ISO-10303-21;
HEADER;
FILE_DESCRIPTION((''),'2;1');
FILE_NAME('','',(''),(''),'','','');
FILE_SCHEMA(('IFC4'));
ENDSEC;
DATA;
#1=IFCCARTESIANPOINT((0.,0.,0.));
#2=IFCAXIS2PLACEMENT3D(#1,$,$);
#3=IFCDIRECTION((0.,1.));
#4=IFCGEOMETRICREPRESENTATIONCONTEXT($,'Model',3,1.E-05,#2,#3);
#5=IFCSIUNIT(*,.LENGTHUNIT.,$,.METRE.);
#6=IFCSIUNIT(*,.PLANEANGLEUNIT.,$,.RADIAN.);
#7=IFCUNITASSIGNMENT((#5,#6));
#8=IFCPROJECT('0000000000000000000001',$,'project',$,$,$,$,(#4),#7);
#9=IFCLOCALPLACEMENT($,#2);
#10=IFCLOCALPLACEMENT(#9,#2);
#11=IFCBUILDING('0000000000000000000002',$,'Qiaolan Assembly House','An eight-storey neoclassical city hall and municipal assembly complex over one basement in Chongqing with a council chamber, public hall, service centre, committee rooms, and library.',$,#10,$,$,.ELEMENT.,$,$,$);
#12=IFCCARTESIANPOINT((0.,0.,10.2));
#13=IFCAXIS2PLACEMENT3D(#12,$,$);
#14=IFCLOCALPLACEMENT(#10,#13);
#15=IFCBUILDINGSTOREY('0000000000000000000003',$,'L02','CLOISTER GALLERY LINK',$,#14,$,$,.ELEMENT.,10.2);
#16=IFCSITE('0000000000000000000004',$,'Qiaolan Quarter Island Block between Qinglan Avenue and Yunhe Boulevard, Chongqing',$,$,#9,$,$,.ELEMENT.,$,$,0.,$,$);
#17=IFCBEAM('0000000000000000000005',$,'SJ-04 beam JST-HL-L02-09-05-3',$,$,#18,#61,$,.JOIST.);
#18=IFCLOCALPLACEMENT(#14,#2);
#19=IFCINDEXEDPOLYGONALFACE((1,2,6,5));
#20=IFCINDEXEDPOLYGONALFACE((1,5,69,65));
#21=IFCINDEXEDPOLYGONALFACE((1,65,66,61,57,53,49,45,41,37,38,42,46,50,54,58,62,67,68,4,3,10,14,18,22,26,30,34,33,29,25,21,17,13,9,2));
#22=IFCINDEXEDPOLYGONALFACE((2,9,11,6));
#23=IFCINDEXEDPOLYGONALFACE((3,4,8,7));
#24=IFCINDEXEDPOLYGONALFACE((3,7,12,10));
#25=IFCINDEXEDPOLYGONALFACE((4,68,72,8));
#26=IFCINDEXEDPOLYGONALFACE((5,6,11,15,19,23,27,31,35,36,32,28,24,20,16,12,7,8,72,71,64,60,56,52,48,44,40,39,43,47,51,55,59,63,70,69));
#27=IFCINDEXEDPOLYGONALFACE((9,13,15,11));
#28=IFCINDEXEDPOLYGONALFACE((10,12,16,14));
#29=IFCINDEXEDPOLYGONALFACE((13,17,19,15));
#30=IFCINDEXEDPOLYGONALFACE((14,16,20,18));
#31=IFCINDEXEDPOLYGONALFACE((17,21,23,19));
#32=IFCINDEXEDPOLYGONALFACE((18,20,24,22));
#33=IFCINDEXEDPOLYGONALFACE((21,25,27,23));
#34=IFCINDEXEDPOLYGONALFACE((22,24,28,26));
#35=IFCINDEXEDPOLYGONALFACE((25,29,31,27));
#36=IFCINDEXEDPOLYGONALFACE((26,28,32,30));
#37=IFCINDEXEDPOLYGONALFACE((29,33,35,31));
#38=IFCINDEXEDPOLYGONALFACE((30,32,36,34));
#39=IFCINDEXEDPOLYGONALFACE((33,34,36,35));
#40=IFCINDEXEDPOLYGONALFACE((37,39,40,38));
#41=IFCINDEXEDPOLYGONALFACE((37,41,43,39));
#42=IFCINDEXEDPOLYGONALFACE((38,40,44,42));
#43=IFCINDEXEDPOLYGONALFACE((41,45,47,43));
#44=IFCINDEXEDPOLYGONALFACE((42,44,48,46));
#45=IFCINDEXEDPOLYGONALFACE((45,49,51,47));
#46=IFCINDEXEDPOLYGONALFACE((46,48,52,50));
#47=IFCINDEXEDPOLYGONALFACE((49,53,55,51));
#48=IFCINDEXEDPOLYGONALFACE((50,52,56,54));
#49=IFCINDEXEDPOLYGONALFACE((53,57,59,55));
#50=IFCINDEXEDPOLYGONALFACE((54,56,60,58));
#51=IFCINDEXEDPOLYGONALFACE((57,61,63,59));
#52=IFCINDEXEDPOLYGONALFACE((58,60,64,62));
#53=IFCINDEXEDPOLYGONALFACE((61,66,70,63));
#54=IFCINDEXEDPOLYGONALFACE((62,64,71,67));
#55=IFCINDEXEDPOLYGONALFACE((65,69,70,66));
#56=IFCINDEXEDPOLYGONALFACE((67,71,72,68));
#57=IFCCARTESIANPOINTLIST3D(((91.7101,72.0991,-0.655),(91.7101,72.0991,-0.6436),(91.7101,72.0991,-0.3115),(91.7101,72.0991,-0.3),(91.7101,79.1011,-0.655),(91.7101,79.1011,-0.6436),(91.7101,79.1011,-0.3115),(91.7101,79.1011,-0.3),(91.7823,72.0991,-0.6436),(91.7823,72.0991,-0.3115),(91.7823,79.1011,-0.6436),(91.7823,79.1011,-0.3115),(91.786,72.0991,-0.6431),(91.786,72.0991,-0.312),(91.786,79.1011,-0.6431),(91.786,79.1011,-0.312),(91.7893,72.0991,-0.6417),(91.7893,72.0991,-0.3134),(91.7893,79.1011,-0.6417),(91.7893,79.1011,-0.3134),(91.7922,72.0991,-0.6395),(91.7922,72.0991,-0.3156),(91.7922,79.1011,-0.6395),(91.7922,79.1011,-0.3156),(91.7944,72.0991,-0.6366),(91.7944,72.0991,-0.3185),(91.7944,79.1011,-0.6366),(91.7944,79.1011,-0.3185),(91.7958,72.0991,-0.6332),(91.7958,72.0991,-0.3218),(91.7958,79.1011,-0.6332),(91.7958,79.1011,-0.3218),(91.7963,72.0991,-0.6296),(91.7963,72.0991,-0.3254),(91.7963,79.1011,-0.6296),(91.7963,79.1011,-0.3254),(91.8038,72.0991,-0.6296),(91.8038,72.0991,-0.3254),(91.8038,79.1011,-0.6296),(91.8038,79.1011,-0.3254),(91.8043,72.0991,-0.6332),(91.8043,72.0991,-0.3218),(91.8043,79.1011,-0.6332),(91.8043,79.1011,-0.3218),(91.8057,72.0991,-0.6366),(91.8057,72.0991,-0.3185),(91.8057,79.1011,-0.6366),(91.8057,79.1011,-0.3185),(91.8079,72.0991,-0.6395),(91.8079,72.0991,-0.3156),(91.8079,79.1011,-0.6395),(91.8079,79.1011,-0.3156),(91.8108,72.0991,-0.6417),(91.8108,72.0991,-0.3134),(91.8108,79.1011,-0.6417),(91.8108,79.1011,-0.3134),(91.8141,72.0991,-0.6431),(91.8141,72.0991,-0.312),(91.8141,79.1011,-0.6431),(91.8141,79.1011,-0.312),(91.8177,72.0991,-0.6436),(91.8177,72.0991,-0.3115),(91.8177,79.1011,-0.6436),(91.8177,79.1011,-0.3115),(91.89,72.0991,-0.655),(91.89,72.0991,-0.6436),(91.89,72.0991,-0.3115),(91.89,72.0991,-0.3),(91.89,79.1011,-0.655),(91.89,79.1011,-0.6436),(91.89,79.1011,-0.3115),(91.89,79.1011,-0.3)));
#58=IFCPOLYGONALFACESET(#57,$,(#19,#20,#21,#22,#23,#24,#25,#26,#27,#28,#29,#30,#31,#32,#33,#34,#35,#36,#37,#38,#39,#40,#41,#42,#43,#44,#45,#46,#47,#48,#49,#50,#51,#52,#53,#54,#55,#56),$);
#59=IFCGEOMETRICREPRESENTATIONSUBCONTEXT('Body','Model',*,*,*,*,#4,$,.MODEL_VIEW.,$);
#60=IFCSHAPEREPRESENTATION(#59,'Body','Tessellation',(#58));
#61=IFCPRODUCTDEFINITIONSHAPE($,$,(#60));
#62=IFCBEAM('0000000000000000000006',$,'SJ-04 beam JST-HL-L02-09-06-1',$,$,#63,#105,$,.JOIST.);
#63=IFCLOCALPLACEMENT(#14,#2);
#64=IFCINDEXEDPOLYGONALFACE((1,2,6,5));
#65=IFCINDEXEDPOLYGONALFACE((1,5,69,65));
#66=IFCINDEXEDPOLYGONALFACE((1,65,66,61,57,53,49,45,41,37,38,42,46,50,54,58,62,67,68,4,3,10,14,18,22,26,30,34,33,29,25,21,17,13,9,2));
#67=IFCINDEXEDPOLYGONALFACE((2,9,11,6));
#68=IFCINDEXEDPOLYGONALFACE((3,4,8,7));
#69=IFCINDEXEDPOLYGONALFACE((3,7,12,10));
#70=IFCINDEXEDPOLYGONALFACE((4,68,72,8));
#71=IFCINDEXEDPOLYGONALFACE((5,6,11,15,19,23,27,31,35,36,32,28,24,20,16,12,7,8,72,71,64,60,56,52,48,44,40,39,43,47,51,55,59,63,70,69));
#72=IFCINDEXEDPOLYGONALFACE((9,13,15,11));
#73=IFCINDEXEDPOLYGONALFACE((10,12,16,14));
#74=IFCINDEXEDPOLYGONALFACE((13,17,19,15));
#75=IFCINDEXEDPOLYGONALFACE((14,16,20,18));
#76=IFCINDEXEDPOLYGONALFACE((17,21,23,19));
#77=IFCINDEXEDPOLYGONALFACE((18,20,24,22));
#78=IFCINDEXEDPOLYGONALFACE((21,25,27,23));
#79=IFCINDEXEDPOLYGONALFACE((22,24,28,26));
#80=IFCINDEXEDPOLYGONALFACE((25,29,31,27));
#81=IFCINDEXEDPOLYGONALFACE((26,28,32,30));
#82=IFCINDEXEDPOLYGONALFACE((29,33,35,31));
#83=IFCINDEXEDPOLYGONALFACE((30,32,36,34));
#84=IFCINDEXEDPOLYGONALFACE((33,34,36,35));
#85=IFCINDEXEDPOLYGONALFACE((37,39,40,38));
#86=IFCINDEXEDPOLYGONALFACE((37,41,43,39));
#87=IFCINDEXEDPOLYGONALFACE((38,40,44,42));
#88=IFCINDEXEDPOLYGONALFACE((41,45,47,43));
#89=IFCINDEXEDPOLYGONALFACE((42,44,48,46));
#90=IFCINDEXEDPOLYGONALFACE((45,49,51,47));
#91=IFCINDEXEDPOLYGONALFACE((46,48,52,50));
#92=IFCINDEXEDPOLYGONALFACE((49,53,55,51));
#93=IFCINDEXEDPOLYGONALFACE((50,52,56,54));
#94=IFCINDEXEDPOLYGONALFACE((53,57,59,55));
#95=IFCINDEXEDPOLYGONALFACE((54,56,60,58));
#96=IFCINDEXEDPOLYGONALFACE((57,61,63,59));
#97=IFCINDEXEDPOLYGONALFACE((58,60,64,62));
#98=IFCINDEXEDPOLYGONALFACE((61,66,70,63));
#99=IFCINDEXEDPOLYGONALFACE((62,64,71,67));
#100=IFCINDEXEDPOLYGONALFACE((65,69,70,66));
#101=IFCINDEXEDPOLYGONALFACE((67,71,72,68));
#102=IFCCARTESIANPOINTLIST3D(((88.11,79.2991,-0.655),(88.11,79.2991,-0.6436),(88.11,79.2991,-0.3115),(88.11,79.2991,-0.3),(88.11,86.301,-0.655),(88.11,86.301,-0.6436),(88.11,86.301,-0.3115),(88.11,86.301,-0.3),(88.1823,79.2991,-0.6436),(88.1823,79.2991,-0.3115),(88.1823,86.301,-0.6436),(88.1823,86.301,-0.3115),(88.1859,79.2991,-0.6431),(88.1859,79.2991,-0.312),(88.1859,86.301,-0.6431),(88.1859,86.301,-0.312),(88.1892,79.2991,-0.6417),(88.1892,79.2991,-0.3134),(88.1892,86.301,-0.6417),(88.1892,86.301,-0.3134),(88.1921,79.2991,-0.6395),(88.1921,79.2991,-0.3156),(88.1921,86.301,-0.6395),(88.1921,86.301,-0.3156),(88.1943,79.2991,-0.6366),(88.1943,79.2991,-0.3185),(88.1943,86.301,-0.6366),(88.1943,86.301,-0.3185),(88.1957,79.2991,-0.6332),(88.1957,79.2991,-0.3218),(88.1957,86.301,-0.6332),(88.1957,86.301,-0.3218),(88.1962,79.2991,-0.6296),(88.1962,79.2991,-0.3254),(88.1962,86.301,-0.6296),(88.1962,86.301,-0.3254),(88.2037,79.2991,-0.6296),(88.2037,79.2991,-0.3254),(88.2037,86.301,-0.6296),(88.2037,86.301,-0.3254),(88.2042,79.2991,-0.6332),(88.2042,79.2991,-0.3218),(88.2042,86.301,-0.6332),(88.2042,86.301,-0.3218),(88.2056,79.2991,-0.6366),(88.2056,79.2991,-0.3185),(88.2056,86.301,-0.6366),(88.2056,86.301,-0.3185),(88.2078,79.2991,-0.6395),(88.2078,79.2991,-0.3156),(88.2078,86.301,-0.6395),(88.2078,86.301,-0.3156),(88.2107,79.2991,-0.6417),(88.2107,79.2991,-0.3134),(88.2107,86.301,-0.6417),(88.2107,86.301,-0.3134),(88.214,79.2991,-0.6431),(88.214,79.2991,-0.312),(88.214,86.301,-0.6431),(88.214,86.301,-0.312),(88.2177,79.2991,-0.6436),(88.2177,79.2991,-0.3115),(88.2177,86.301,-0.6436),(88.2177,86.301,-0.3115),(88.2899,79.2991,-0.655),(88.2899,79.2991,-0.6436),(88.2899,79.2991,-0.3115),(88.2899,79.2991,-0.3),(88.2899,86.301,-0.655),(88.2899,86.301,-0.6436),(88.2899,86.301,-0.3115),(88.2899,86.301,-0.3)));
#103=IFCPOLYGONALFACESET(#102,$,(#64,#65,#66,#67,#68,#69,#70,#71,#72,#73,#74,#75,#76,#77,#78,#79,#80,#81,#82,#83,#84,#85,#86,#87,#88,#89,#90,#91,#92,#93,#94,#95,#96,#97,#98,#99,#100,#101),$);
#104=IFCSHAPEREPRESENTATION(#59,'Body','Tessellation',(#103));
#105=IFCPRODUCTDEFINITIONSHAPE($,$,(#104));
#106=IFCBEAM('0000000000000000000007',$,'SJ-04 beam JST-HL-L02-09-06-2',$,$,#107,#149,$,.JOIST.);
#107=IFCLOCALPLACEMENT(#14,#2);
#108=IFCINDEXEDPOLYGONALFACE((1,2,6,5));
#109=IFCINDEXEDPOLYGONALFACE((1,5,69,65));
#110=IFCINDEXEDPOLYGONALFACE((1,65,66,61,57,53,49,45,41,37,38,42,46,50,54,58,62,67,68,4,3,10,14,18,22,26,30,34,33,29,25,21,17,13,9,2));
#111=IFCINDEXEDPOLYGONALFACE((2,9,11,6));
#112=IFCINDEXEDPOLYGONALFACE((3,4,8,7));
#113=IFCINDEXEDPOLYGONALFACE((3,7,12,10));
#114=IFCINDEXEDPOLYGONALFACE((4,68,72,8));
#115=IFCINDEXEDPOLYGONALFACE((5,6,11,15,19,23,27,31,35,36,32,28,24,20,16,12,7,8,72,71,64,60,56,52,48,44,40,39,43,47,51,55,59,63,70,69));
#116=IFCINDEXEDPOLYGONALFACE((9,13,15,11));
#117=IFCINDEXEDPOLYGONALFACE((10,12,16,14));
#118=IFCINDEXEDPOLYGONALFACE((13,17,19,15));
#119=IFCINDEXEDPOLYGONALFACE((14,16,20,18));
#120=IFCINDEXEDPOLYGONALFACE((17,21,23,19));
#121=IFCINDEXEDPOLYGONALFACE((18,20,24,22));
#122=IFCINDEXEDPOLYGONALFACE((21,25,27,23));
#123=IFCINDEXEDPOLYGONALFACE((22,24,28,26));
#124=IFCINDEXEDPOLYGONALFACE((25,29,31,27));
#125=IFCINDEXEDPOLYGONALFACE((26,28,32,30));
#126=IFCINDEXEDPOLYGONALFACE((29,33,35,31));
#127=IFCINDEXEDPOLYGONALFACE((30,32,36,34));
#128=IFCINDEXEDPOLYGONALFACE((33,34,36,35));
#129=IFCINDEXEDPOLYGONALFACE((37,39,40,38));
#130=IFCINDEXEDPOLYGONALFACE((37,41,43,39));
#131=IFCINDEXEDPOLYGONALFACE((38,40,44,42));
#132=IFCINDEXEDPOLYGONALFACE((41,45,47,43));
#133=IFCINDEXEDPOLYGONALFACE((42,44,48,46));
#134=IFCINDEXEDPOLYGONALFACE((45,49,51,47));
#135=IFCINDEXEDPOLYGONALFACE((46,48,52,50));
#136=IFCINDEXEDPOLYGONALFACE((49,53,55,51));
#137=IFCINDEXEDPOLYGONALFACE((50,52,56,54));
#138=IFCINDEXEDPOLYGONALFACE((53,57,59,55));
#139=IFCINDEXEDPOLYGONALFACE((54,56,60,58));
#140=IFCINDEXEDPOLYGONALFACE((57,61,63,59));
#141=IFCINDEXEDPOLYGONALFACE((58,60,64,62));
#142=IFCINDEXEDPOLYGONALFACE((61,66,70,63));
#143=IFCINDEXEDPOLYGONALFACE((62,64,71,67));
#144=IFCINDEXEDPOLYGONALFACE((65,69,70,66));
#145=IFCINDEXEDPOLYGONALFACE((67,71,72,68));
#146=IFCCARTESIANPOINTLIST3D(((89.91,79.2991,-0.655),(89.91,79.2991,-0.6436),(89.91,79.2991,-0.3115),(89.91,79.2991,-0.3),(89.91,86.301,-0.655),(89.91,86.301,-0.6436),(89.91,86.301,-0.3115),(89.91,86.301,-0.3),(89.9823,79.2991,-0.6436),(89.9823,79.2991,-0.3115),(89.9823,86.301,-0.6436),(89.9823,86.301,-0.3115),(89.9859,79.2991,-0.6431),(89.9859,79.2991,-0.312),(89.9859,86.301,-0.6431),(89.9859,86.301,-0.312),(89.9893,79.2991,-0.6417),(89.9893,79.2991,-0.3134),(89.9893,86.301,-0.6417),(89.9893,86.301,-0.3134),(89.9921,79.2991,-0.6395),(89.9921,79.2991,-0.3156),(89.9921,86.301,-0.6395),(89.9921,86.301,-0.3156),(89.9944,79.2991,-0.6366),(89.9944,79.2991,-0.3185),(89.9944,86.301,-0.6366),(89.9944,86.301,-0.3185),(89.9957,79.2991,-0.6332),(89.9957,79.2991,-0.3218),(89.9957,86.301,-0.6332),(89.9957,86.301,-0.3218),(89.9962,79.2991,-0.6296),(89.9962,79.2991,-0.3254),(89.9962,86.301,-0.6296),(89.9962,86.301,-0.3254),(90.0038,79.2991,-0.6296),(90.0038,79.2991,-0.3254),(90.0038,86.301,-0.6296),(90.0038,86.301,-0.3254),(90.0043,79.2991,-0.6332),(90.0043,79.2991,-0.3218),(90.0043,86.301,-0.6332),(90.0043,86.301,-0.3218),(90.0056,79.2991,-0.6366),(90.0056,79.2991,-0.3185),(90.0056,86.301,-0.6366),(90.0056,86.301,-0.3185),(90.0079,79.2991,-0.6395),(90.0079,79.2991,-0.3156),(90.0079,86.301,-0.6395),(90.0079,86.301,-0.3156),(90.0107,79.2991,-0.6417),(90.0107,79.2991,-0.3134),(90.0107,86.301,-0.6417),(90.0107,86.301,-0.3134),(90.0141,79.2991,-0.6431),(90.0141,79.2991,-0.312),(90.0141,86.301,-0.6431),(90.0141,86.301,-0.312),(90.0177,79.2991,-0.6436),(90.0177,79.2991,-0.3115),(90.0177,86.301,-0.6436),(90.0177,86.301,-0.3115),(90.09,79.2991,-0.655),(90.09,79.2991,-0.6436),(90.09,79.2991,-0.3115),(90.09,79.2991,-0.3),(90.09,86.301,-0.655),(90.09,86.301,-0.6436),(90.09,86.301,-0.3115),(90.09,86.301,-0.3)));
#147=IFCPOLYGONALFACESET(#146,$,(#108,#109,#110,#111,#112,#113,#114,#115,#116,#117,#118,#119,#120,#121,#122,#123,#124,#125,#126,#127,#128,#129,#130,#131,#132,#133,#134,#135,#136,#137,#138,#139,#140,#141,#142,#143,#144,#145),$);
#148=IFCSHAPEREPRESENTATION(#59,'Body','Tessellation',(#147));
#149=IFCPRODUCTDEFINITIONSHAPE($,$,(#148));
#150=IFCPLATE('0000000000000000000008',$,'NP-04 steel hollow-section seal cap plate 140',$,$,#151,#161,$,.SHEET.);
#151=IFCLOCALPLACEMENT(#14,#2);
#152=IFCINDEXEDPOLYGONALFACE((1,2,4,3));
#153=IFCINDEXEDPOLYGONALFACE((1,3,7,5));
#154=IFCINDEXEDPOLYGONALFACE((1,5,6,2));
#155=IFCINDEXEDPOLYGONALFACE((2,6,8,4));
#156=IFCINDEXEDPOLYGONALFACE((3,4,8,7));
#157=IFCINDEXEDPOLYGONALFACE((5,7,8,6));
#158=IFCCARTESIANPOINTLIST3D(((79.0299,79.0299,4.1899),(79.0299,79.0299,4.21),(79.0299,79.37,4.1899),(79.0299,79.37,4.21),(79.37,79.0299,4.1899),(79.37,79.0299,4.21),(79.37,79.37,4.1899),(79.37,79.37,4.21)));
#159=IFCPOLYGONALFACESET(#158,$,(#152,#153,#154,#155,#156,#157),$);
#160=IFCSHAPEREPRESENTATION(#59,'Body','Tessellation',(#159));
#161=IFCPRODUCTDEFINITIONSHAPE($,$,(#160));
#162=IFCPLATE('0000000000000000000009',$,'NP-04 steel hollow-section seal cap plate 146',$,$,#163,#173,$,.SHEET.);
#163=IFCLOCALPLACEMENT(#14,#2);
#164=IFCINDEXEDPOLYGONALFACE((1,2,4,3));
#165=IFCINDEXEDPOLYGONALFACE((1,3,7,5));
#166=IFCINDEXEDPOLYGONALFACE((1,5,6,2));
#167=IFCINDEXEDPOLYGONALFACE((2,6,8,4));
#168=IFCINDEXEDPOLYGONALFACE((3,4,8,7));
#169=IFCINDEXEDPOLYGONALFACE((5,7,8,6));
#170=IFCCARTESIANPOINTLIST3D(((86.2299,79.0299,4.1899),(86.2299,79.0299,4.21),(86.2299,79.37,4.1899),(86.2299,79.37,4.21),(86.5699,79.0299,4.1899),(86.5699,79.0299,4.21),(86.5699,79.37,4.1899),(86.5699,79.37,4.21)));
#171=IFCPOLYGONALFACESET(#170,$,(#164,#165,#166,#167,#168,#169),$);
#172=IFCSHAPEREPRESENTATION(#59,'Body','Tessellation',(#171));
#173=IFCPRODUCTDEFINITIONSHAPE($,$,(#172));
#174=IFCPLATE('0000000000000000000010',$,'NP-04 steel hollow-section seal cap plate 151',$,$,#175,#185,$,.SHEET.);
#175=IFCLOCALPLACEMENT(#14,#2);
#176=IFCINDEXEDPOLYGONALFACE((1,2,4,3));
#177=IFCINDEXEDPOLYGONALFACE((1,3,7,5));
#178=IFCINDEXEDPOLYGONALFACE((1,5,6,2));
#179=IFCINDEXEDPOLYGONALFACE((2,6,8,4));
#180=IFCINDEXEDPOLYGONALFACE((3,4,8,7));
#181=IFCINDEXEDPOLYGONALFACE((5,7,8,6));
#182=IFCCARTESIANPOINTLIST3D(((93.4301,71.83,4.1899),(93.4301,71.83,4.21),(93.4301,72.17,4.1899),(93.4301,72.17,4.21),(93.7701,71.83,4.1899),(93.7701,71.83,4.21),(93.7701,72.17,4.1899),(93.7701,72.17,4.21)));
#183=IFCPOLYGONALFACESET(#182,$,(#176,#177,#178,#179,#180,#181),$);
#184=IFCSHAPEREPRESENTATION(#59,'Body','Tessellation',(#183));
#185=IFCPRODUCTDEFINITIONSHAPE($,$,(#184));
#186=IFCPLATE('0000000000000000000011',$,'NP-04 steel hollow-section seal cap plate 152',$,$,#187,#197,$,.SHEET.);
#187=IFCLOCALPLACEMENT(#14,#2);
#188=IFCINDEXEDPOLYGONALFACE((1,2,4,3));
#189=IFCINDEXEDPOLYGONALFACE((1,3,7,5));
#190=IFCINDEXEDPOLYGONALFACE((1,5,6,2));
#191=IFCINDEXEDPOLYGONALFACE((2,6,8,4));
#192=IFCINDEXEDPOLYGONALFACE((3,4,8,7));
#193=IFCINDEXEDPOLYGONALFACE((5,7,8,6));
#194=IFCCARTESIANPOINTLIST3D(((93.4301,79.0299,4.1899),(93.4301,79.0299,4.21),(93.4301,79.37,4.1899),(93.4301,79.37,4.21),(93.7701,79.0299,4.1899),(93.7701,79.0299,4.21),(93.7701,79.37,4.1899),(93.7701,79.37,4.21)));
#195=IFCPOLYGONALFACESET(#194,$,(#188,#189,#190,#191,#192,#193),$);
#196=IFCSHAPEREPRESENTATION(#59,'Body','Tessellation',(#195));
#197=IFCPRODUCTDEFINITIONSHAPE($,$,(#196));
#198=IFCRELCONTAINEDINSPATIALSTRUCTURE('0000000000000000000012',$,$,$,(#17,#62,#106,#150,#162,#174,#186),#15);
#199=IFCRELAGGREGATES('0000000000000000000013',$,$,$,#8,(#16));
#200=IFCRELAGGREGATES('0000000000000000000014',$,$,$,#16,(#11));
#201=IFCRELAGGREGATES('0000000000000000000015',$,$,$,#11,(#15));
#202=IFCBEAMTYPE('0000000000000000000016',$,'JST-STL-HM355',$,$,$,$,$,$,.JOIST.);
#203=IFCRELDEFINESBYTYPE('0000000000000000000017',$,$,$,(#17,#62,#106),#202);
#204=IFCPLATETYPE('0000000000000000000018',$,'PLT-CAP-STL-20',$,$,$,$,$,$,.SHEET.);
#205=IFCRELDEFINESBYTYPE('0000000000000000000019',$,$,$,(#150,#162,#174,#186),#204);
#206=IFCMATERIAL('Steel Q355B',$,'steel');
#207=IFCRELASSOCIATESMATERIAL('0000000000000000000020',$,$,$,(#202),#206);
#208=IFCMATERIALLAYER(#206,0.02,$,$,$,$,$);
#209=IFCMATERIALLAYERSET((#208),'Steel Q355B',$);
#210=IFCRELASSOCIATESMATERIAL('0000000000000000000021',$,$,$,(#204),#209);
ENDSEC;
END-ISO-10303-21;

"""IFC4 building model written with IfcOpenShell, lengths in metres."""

from ifc_helpers import new_model, si_unit, direction, frame, origin, origin_2d, place, context, subcontext, project, spatial, rectangle, i_section, extrude, material, layer, layer_set, material_profile, profile_set, type_object, element, save


model = new_model("IFC4")

# Units and contexts
model_context = context("Model", 3, precision=1e-05, world=origin(), true_north=direction((0.0, 1.0)))
body_context = subcontext(model_context, "Body", "Model", "MODEL_VIEW")
ifc_project = project(units=[si_unit("LENGTHUNIT", "METRE"), si_unit("PLANEANGLEUNIT", "RADIAN")], contexts=[model_context])

# Site, building, storey
site_placement = place(None, origin())
site = spatial("IfcSite", under=ifc_project, at=site_placement, Name="Qiaolan Quarter Island Block between Qinglan Avenue and Yunhe Boulevard, Chongqing", CompositionType="ELEMENT", RefElevation=0.0)
building_placement = place(site_placement, origin())
building = spatial("IfcBuilding", under=site, at=building_placement, Name="Qiaolan Assembly House", Description="An eight-storey neoclassical city hall and municipal assembly complex over one basement in Chongqing with a council chamber, public hall, service centre, committee rooms, and library.", CompositionType="ELEMENT")
storey_placement = place(building_placement, frame((0.0, 0.0, 10.2)))
storey = spatial("IfcBuildingStorey", under=building, at=storey_placement, Name="L02", Description="CLOISTER GALLERY LINK", CompositionType="ELEMENT", Elevation=10.2)

# Shared definitions
ifc_material_1 = material(Name="Steel Q355B", Category="steel")

# Beams
ifc_material_profile_1 = material_profile(ifc_material_1, i_section(OverallWidth=0.1799, OverallDepth=0.355, WebThickness=0.0076, FlangeThickness=0.0115, FilletRadius=0.0139, at=origin_2d()), Name="HM 355x180x7.5x11.5")
ifc_profile_set_1 = profile_set([ifc_material_profile_1], Name="Steel Q355B")
beam_type_1 = type_object("IfcBeamType", Name="JST-STL-HM355", PredefinedType="JOIST", material=ifc_profile_set_1)
for number, where, z_axis, x_axis, name in (
    (1, (91.8, 72.0991, -0.4775), (0.0, 1.0, 0.0), (-1.0, 0.0, 0.0), "SJ-04 beam JST-HL-L02-09-05-3"),
    (2, (88.2, 79.2991, -0.4775), (0.0, 1.0, 0.0), (-1.0, 0.0, 0.0), "SJ-04 beam JST-HL-L02-09-06-1"),
    (3, (90.0, 79.2991, -0.4775), (0.0, 1.0, 0.0), (-1.0, 0.0, 0.0), "SJ-04 beam JST-HL-L02-09-06-2"),
):
    element("IfcBeam", number, at=place(storey_placement, frame(where, z_axis=z_axis, x_axis=x_axis)), inside=storey, type_object=beam_type_1, Name=name, PredefinedType="JOIST", context=body_context, shape_type="SweptSolid", body=[
        extrude(i_section(OverallWidth=0.1799, OverallDepth=0.355, WebThickness=0.0076, FlangeThickness=0.0115, FilletRadius=0.0139, at=origin_2d()), origin(), (0.0, 0.0, 1.0), 7.002),
    ])

# Plates
ifc_layer_1 = layer(ifc_material_1, 0.02)
ifc_layer_set_1 = layer_set([ifc_layer_1], Name="Steel Q355B")
plate_type = type_object("IfcPlateType", Name="PLT-CAP-STL-20", PredefinedType="SHEET", material=ifc_layer_set_1)
for number, where, z_axis, x_axis, name in (
    (4, (79.2, 79.2, 4.1899), (0.0, 0.0, 1.0), (1.0, 0.0, 0.0), "NP-04 steel hollow-section seal cap plate 140"),
    (5, (86.3999, 79.2, 4.1899), (0.0, 0.0, 1.0), (1.0, 0.0, 0.0), "NP-04 steel hollow-section seal cap plate 146"),
    (6, (93.6001, 72.0, 4.1899), (0.0, 0.0, 1.0), (1.0, 0.0, 0.0), "NP-04 steel hollow-section seal cap plate 151"),
    (7, (93.6001, 79.2, 4.1899), (0.0, 0.0, 1.0), (1.0, 0.0, 0.0), "NP-04 steel hollow-section seal cap plate 152"),
):
    element("IfcPlate", number, at=place(storey_placement, frame(where, z_axis=z_axis, x_axis=x_axis)), inside=storey, type_object=plate_type, Name=name, PredefinedType="SHEET", context=body_context, shape_type="SweptSolid", body=[
        extrude(rectangle(XDim=0.3401, YDim=0.3401, at=origin_2d()), origin(), (0.0, 0.0, 1.0), 0.02),
    ])

save(model, "model.ifc")
